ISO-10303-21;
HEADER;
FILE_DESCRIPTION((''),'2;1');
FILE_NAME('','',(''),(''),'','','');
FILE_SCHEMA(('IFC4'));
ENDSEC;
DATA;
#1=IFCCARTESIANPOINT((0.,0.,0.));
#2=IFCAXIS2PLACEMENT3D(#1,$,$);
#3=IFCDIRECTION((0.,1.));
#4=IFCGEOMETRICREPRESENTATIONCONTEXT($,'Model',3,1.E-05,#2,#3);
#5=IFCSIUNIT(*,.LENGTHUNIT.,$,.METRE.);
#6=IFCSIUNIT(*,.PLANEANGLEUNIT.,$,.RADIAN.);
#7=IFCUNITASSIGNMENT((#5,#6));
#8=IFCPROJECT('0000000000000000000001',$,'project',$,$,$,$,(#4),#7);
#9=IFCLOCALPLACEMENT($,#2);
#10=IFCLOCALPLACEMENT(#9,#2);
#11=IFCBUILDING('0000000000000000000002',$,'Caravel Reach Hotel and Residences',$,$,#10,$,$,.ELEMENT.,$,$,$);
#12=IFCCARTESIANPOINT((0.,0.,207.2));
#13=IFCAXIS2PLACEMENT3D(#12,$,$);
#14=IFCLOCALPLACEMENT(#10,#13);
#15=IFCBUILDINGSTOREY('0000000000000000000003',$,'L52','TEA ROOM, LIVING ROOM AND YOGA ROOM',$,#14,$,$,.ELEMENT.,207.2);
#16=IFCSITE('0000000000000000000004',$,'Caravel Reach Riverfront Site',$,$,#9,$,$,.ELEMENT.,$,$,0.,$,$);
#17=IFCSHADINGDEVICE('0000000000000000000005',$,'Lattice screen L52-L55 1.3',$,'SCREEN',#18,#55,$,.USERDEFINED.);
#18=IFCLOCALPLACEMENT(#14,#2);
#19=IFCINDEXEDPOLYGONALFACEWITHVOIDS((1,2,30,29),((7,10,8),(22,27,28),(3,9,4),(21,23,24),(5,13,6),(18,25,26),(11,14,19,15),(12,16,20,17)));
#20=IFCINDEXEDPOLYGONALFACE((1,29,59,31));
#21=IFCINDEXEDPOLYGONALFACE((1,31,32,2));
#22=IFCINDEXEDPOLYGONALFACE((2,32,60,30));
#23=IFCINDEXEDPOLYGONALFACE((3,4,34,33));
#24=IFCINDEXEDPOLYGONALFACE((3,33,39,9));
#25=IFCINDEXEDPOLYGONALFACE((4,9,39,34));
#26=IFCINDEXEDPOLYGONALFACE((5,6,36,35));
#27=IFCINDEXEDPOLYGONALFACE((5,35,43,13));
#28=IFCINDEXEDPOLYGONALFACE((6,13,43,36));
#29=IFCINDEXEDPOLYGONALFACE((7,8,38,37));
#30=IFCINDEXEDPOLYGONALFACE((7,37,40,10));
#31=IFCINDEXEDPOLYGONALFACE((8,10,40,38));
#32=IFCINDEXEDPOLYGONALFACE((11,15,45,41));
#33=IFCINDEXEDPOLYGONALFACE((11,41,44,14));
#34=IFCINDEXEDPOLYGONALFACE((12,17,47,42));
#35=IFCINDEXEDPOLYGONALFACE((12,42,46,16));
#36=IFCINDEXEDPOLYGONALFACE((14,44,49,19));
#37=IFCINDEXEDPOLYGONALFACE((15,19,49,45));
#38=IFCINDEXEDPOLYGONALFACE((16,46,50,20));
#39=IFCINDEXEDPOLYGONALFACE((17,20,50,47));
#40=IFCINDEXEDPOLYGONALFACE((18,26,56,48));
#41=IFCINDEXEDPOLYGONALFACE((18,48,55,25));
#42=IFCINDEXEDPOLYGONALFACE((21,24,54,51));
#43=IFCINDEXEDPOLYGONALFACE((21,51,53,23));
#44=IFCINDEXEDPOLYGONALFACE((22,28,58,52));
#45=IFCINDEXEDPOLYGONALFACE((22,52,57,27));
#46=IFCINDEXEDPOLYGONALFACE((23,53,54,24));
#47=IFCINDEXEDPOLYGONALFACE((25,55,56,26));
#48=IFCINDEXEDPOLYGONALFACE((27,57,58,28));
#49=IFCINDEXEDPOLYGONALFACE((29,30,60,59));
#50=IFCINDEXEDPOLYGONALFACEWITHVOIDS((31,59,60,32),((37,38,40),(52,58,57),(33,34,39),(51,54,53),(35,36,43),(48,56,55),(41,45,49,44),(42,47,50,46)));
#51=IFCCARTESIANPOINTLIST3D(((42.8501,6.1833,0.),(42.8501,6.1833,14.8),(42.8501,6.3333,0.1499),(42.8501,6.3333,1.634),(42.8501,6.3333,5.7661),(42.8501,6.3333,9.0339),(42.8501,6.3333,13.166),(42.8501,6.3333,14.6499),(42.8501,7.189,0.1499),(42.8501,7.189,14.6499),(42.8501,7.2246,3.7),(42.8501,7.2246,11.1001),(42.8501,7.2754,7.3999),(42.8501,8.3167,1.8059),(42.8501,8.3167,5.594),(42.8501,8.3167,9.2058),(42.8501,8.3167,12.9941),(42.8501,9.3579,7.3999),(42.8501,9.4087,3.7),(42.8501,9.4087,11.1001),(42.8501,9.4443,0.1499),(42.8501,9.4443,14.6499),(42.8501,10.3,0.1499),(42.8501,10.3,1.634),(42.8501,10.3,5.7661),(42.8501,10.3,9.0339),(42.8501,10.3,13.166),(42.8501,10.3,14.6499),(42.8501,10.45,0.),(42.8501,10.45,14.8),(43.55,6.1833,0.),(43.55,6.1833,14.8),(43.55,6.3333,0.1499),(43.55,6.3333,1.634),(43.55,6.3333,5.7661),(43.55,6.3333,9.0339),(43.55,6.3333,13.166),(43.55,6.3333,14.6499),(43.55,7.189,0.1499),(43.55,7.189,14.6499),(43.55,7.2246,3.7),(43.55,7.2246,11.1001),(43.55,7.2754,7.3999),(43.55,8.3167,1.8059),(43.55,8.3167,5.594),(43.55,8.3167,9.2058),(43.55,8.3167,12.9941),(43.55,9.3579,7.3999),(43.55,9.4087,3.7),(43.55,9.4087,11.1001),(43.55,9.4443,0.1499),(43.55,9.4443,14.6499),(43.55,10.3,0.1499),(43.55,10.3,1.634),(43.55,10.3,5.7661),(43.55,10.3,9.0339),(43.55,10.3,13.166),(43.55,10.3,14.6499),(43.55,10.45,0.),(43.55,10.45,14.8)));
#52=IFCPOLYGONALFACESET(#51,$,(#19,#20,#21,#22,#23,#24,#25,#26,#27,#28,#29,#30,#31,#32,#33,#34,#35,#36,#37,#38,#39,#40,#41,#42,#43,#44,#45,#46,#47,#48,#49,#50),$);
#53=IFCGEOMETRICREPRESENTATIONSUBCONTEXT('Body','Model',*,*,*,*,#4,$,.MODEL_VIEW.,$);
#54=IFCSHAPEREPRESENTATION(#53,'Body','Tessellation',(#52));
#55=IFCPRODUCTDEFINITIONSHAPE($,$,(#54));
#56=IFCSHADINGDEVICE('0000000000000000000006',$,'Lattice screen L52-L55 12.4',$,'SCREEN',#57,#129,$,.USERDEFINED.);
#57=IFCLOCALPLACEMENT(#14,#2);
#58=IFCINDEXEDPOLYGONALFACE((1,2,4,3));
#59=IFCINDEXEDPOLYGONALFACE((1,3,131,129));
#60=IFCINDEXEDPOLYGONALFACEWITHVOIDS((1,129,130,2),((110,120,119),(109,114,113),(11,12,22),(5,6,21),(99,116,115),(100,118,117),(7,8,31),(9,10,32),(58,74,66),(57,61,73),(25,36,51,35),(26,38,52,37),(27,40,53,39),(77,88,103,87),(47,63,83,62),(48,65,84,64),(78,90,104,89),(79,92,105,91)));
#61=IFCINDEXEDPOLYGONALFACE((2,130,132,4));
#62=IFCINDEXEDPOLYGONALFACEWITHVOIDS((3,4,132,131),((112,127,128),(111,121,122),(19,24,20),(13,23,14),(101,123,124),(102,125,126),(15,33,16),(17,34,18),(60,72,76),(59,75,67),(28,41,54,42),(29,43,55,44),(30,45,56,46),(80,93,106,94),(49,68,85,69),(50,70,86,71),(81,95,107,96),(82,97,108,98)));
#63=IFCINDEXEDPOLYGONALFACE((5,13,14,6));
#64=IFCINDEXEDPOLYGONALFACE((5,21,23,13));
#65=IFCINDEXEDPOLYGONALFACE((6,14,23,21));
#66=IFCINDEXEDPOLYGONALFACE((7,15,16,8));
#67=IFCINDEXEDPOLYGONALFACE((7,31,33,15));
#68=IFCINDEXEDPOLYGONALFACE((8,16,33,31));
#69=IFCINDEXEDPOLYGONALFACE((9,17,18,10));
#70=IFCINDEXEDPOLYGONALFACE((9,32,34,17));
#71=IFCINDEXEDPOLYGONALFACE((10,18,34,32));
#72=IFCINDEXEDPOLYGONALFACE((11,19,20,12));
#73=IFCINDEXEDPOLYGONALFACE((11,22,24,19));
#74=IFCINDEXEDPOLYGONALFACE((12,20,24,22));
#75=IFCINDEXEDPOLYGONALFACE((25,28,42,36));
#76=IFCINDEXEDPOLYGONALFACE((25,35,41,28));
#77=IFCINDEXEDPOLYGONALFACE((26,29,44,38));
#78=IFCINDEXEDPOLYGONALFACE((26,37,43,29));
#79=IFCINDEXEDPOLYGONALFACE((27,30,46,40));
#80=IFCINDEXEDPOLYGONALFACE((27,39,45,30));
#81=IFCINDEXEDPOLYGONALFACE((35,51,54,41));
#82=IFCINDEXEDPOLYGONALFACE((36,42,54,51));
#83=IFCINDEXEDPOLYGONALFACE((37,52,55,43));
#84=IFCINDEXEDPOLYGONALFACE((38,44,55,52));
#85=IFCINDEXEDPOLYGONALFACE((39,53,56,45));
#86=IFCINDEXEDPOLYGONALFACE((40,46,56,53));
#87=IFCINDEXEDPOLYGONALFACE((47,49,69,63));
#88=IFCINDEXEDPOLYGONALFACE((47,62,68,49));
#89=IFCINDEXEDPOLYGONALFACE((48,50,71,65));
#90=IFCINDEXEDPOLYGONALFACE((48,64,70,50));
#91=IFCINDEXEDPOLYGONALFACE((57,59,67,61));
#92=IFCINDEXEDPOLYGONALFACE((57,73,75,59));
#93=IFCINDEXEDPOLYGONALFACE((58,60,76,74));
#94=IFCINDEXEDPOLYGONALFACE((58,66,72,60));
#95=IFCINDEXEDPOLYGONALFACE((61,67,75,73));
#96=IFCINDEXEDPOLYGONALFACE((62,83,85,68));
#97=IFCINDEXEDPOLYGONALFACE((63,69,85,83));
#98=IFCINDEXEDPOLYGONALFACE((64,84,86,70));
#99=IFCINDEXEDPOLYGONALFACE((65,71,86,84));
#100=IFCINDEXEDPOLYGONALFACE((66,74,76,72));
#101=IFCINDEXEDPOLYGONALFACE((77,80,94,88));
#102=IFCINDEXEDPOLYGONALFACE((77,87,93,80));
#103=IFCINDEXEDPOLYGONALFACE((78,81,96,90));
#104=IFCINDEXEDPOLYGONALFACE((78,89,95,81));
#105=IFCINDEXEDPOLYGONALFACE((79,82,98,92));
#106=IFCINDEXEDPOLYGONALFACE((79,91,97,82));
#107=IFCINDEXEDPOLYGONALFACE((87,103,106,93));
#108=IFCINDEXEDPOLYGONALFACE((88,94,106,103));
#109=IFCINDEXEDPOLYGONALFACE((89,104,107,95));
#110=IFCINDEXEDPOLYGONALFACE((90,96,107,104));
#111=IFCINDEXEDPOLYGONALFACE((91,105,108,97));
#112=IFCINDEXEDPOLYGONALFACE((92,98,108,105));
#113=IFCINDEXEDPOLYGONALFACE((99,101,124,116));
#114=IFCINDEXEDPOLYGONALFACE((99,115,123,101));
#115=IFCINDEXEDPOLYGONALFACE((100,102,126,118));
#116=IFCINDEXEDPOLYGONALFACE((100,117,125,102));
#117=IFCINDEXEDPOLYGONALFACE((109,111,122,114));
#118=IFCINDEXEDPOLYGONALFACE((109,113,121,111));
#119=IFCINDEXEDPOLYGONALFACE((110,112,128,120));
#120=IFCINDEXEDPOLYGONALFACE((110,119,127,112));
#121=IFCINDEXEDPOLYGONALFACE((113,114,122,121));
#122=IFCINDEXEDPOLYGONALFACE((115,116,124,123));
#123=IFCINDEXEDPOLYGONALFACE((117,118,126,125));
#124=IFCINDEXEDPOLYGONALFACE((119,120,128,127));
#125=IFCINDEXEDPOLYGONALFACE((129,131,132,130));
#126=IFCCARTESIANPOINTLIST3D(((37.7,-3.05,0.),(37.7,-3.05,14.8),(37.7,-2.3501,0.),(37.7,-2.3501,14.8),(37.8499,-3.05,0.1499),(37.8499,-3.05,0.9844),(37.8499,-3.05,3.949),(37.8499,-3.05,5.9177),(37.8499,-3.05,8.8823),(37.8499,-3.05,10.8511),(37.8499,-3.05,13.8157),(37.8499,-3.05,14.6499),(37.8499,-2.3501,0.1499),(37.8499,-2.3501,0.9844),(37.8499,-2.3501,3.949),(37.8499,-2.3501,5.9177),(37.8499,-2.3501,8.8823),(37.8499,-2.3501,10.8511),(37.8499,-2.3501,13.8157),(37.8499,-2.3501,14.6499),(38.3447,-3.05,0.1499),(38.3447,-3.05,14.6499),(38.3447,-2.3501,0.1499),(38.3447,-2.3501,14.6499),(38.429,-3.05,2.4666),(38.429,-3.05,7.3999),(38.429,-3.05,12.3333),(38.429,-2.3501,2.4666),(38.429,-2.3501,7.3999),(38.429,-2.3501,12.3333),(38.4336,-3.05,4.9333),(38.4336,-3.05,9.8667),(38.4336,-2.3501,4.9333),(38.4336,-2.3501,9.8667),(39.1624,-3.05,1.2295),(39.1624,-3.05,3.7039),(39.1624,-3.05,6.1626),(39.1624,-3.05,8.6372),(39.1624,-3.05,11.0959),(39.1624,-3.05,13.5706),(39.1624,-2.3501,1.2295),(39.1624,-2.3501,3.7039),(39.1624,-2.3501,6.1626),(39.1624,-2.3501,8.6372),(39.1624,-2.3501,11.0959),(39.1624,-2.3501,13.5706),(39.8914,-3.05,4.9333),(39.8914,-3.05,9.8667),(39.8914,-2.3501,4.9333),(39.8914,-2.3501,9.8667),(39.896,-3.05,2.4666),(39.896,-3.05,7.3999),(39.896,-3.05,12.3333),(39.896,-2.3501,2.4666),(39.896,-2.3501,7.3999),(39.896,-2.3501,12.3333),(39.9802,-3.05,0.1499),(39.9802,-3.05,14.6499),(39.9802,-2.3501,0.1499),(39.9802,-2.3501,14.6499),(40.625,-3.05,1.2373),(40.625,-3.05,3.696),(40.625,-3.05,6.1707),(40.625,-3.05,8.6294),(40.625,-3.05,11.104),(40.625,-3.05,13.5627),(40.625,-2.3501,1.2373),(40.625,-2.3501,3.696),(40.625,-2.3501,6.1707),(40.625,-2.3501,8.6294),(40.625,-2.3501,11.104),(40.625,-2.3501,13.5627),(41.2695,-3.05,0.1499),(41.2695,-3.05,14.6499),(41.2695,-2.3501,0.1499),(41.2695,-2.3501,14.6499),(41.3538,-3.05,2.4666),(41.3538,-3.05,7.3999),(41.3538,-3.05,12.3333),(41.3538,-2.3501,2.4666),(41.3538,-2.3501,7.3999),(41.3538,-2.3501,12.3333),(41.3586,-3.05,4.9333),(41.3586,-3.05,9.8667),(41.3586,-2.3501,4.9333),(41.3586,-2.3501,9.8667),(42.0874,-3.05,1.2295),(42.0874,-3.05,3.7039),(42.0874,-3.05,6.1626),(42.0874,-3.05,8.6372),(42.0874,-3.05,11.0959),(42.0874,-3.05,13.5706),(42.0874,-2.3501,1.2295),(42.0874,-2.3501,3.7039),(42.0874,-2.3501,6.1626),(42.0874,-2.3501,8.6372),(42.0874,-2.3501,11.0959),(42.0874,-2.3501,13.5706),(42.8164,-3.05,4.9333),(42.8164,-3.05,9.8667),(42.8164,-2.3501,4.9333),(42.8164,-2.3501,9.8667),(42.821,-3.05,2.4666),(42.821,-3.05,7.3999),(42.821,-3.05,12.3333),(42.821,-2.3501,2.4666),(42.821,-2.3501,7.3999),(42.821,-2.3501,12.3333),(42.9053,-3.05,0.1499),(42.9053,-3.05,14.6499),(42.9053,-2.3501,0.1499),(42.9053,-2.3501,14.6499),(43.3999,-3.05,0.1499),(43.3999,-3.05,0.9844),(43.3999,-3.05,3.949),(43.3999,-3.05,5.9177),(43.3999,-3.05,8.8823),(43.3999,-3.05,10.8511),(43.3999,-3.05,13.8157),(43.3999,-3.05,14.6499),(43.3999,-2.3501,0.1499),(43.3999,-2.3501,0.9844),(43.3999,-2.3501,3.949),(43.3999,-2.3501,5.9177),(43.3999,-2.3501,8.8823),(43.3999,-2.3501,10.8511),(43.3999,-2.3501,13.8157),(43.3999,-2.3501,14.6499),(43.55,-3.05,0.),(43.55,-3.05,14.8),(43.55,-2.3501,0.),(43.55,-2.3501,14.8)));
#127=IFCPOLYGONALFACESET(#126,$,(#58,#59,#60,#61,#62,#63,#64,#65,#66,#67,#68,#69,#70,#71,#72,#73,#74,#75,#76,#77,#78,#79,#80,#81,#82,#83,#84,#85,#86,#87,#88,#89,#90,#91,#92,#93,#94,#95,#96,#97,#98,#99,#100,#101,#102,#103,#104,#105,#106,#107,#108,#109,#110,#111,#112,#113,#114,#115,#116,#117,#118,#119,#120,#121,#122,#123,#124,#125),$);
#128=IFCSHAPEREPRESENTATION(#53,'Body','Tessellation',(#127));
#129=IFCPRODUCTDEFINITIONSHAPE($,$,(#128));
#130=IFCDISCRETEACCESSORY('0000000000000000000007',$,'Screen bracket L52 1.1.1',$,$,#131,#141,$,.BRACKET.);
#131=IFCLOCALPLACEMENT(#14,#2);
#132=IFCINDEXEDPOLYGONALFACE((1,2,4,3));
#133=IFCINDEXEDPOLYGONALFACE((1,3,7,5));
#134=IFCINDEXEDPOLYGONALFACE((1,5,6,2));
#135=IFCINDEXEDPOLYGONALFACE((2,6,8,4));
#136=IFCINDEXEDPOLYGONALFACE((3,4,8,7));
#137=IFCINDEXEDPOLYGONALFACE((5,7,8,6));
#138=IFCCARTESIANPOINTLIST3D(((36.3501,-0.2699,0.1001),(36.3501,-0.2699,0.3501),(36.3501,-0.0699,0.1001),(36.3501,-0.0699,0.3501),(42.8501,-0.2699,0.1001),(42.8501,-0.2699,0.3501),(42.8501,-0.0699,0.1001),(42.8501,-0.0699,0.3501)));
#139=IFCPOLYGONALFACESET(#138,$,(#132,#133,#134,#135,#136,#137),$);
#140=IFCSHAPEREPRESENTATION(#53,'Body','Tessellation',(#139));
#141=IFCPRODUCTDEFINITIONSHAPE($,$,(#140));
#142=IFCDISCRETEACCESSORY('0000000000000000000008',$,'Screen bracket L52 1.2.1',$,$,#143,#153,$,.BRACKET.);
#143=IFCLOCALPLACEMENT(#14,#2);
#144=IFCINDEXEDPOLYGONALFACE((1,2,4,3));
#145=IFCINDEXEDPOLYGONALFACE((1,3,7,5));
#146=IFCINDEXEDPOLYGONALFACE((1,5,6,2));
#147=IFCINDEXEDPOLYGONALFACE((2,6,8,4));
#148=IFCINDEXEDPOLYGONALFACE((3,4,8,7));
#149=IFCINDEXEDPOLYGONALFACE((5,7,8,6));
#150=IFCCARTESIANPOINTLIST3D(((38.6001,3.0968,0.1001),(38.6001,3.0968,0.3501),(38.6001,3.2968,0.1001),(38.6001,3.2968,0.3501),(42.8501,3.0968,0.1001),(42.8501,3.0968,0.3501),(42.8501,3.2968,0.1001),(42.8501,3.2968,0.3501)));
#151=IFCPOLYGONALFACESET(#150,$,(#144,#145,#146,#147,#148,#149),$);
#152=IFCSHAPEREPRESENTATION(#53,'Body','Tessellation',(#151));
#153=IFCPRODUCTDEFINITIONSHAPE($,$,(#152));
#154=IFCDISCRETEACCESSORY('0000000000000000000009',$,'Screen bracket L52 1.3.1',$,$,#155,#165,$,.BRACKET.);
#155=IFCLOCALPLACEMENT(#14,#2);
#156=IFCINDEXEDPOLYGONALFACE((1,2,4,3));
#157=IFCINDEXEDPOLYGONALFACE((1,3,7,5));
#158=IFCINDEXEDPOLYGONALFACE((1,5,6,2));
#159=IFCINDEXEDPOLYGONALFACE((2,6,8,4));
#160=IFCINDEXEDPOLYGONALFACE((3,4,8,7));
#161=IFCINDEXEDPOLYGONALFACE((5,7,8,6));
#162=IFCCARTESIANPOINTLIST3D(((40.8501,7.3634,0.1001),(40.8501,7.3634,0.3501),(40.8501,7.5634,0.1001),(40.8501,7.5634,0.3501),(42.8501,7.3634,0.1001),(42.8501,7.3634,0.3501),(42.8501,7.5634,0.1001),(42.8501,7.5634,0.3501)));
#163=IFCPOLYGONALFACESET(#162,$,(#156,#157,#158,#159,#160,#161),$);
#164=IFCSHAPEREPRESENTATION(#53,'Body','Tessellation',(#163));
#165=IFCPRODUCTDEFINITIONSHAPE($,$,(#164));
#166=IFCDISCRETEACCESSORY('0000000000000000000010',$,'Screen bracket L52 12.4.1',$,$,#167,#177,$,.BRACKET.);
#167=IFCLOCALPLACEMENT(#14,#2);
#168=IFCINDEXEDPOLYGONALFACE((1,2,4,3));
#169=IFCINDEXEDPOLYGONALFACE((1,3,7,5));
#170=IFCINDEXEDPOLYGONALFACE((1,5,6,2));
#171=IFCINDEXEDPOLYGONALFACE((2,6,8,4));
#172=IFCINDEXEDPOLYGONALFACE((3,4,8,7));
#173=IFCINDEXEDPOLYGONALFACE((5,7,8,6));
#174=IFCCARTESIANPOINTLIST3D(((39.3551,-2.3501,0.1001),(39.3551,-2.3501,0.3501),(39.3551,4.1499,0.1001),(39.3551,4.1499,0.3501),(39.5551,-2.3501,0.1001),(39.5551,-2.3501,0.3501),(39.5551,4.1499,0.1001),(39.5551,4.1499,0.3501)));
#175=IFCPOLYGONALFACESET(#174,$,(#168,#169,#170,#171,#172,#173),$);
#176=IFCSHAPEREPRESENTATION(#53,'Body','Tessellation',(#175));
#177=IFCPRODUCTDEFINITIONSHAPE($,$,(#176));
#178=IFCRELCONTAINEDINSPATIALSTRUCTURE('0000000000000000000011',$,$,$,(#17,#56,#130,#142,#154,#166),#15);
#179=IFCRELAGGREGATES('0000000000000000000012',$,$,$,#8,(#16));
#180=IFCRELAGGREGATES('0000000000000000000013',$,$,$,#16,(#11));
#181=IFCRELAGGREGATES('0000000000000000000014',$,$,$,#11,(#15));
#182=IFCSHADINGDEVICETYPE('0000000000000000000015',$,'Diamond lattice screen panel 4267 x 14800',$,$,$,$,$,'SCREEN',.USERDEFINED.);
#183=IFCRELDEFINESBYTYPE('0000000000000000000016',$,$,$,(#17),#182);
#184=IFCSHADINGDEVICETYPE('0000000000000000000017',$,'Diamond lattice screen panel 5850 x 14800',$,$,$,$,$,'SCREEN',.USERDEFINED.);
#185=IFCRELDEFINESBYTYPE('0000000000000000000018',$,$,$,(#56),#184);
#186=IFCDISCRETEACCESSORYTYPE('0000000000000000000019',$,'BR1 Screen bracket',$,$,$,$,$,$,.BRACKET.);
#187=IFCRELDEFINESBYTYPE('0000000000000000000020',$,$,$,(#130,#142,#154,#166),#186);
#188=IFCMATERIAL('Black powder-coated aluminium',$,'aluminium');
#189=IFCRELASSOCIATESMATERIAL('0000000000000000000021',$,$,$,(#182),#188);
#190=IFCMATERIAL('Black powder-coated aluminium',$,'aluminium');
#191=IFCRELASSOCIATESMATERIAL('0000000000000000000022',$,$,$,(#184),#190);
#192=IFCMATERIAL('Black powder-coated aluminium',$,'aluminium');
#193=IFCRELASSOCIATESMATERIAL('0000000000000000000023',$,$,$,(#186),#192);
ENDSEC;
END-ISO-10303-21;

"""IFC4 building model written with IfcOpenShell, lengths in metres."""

from ifc_helpers import new_model, si_unit, direction, frame, origin, origin_2d, place, context, subcontext, project, spatial, polyline, rectangle, outline, extrude, material, type_object, element, save


model = new_model("IFC4")

# Units and contexts
model_context = context("Model", 3, precision=1e-05, world=origin(), true_north=direction((0.0, 1.0)))
body_context = subcontext(model_context, "Body", "Model", "MODEL_VIEW")
ifc_project = project(units=[si_unit("LENGTHUNIT", "METRE"), si_unit("PLANEANGLEUNIT", "RADIAN")], contexts=[model_context])

# Site, building, storey
site_placement = place(None, origin())
site = spatial("IfcSite", under=ifc_project, at=site_placement, Name="Caravel Reach Riverfront Site", CompositionType="ELEMENT", RefElevation=0.0)
building_placement = place(site_placement, origin())
building = spatial("IfcBuilding", under=site, at=building_placement, Name="Caravel Reach Hotel and Residences", CompositionType="ELEMENT")
storey_placement = place(building_placement, frame((0.0, 0.0, 207.2)))
storey = spatial("IfcBuildingStorey", under=building, at=storey_placement, Name="L52", Description="TEA ROOM, LIVING ROOM AND YOGA ROOM", CompositionType="ELEMENT", Elevation=207.2)

# Shading devices
ifc_material_1 = material(Name="Black powder-coated aluminium", Category="aluminium")
shading_device_type_1 = type_object("IfcShadingDeviceType", Name="Diamond lattice screen panel 4267 x 14800", ElementType="SCREEN", PredefinedType="USERDEFINED", material=ifc_material_1)
for number, where, z_axis, x_axis, name in (
    (1, (42.8501, 6.1833, 0.0), (1.0, 0.0, 0.0), (0.0, 1.0, 0.0), "Lattice screen L52-L55 1.3"),
):
    element("IfcShadingDevice", number, at=place(storey_placement, frame(where, z_axis=z_axis, x_axis=x_axis)), inside=storey, type_object=shading_device_type_1, Name=name, ObjectType="SCREEN", PredefinedType="USERDEFINED", context=body_context, shape_type="SweptSolid", body=[
        extrude(outline(polyline([(0.0, 0.0), (4.2666, 0.0), (4.2666, 14.8), (0.0, 14.8), (0.0, 0.0)]), holes=[polyline([(1.0056, 0.1499), (0.1499, 1.634), (0.1499, 0.1499), (1.0056, 0.1499)]), polyline([(1.092, 7.3999), (0.1499, 9.0339), (0.1499, 5.7661), (1.092, 7.3999)]), polyline([(0.1499, 13.166), (1.0056, 14.6499), (0.1499, 14.6499), (0.1499, 13.166)]), polyline([(2.1333, 5.594), (1.0413, 3.7), (2.1333, 1.8059), (3.2253, 3.7), (2.1333, 5.594)]), polyline([(2.1333, 12.9941), (1.0413, 11.1001), (2.1333, 9.2058), (3.2253, 11.1001), (2.1333, 12.9941)]), polyline([(4.1167, 1.634), (3.261, 0.1499), (4.1167, 0.1499), (4.1167, 1.634)]), polyline([(3.1746, 7.3999), (4.1167, 5.7661), (4.1167, 9.0339), (3.1746, 7.3999)]), polyline([(3.261, 14.6499), (4.1167, 13.166), (4.1167, 14.6499), (3.261, 14.6499)])]), origin(), (0.0, 0.0, 1.0), 0.7),
    ])
ifc_material_2 = material(Name="Black powder-coated aluminium", Category="aluminium")
shading_device_type_2 = type_object("IfcShadingDeviceType", Name="Diamond lattice screen panel 5850 x 14800", ElementType="SCREEN", PredefinedType="USERDEFINED", material=ifc_material_2)
shading_device_placement = place(storey_placement, frame((37.7, -2.3501, 0.0), z_axis=(0.0, -1.0, 0.0), x_axis=(1.0, 0.0, 0.0)))
element("IfcShadingDevice", 2, at=shading_device_placement, inside=storey, type_object=shading_device_type_2, Name="Lattice screen L52-L55 12.4", ObjectType="SCREEN", PredefinedType="USERDEFINED", context=body_context, shape_type="SweptSolid", body=[
    extrude(outline(polyline([(0.0, 0.0), (5.8501, 0.0), (5.8501, 14.8), (0.0, 14.8), (0.0, 0.0)]), holes=[polyline([(0.6448, 0.1499), (0.1499, 0.9844), (0.1499, 0.1499), (0.6448, 0.1499)]), polyline([(0.7336, 4.9333), (0.1499, 5.9177), (0.1499, 3.949), (0.7336, 4.9333)]), polyline([(0.7336, 9.8667), (0.1499, 10.8511), (0.1499, 8.8823), (0.7336, 9.8667)]), polyline([(0.1499, 13.8157), (0.6448, 14.6499), (0.1499, 14.6499), (0.1499, 13.8157)]), polyline([(1.4624, 3.7039), (0.729, 2.4666), (1.4624, 1.2295), (2.196, 2.4666), (1.4624, 3.7039)]), polyline([(1.4624, 8.6372), (0.729, 7.3999), (1.4624, 6.1626), (2.196, 7.3999), (1.4624, 8.6372)]), polyline([(1.4624, 13.5706), (0.729, 12.3333), (1.4624, 11.0959), (2.196, 12.3333), (1.4624, 13.5706)]), polyline([(2.925, 1.2373), (2.2803, 0.1499), (3.5696, 0.1499), (2.925, 1.2373)]), polyline([(2.925, 6.1707), (2.1914, 4.9333), (2.925, 3.696), (3.6587, 4.9333), (2.925, 6.1707)]), polyline([(2.925, 11.104), (2.1914, 9.8667), (2.925, 8.6294), (3.6587, 9.8667), (2.925, 11.104)]), polyline([(2.925, 13.5627), (3.5696, 14.6499), (2.2803, 14.6499), (2.925, 13.5627)]), polyline([(4.3875, 3.7039), (3.6538, 2.4666), (4.3875, 1.2295), (5.1211, 2.4666), (4.3875, 3.7039)]), polyline([(4.3875, 8.6372), (3.6538, 7.3999), (4.3875, 6.1626), (5.1211, 7.3999), (4.3875, 8.6372)]), polyline([(4.3875, 13.5706), (3.6538, 12.3333), (4.3875, 11.0959), (5.1211, 12.3333), (4.3875, 13.5706)]), polyline([(5.7, 0.9844), (5.2053, 0.1499), (5.7, 0.1499), (5.7, 0.9844)]), polyline([(5.1165, 4.9333), (5.7, 3.949), (5.7, 5.9177), (5.1165, 4.9333)]), polyline([(5.1165, 9.8667), (5.7, 8.8823), (5.7, 10.8511), (5.1165, 9.8667)]), polyline([(5.2053, 14.6499), (5.7, 13.8157), (5.7, 14.6499), (5.2053, 14.6499)])]), origin(), (0.0, 0.0, 1.0), 0.7),
])

# Discrete accessories
ifc_material_3 = material(Name="Black powder-coated aluminium", Category="aluminium")
discrete_accessory_type = type_object("IfcDiscreteAccessoryType", Name="BR1 Screen bracket", PredefinedType="BRACKET", material=ifc_material_3)
discrete_accessory_1_placement = place(storey_placement, frame((39.6001, -0.1699, 0.1001), z_axis=(0.0, 0.0, 1.0), x_axis=(1.0, 0.0, 0.0)))
element("IfcDiscreteAccessory", 3, at=discrete_accessory_1_placement, inside=storey, type_object=discrete_accessory_type, Name="Screen bracket L52 1.1.1", PredefinedType="BRACKET", context=body_context, shape_type="SweptSolid", body=[
    extrude(rectangle(XDim=6.5, YDim=0.2, at=origin_2d()), origin(), (0.0, 0.0, 1.0), 0.25),
])
discrete_accessory_2_placement = place(storey_placement, frame((40.7251, 3.1968, 0.1001), z_axis=(0.0, 0.0, 1.0), x_axis=(1.0, 0.0, 0.0)))
element("IfcDiscreteAccessory", 4, at=discrete_accessory_2_placement, inside=storey, type_object=discrete_accessory_type, Name="Screen bracket L52 1.2.1", PredefinedType="BRACKET", context=body_context, shape_type="SweptSolid", body=[
    extrude(rectangle(XDim=4.25, YDim=0.2, at=origin_2d()), origin(), (0.0, 0.0, 1.0), 0.25),
])
discrete_accessory_3_placement = place(storey_placement, frame((41.8501, 7.4634, 0.1001), z_axis=(0.0, 0.0, 1.0), x_axis=(1.0, 0.0, 0.0)))
element("IfcDiscreteAccessory", 5, at=discrete_accessory_3_placement, inside=storey, type_object=discrete_accessory_type, Name="Screen bracket L52 1.3.1", PredefinedType="BRACKET", context=body_context, shape_type="SweptSolid", body=[
    extrude(rectangle(XDim=2.0, YDim=0.2, at=origin_2d()), origin(), (0.0, 0.0, 1.0), 0.25),
])
discrete_accessory_4_placement = place(storey_placement, frame((39.4551, 0.8999, 0.1001), z_axis=(0.0, 0.0, 1.0), x_axis=(0.0, -1.0, 0.0)))
element("IfcDiscreteAccessory", 6, at=discrete_accessory_4_placement, inside=storey, type_object=discrete_accessory_type, Name="Screen bracket L52 12.4.1", PredefinedType="BRACKET", context=body_context, shape_type="SweptSolid", body=[
    extrude(rectangle(XDim=6.5, YDim=0.2, at=origin_2d()), origin(), (0.0, 0.0, 1.0), 0.25),
])

save(model, "model.ifc")
